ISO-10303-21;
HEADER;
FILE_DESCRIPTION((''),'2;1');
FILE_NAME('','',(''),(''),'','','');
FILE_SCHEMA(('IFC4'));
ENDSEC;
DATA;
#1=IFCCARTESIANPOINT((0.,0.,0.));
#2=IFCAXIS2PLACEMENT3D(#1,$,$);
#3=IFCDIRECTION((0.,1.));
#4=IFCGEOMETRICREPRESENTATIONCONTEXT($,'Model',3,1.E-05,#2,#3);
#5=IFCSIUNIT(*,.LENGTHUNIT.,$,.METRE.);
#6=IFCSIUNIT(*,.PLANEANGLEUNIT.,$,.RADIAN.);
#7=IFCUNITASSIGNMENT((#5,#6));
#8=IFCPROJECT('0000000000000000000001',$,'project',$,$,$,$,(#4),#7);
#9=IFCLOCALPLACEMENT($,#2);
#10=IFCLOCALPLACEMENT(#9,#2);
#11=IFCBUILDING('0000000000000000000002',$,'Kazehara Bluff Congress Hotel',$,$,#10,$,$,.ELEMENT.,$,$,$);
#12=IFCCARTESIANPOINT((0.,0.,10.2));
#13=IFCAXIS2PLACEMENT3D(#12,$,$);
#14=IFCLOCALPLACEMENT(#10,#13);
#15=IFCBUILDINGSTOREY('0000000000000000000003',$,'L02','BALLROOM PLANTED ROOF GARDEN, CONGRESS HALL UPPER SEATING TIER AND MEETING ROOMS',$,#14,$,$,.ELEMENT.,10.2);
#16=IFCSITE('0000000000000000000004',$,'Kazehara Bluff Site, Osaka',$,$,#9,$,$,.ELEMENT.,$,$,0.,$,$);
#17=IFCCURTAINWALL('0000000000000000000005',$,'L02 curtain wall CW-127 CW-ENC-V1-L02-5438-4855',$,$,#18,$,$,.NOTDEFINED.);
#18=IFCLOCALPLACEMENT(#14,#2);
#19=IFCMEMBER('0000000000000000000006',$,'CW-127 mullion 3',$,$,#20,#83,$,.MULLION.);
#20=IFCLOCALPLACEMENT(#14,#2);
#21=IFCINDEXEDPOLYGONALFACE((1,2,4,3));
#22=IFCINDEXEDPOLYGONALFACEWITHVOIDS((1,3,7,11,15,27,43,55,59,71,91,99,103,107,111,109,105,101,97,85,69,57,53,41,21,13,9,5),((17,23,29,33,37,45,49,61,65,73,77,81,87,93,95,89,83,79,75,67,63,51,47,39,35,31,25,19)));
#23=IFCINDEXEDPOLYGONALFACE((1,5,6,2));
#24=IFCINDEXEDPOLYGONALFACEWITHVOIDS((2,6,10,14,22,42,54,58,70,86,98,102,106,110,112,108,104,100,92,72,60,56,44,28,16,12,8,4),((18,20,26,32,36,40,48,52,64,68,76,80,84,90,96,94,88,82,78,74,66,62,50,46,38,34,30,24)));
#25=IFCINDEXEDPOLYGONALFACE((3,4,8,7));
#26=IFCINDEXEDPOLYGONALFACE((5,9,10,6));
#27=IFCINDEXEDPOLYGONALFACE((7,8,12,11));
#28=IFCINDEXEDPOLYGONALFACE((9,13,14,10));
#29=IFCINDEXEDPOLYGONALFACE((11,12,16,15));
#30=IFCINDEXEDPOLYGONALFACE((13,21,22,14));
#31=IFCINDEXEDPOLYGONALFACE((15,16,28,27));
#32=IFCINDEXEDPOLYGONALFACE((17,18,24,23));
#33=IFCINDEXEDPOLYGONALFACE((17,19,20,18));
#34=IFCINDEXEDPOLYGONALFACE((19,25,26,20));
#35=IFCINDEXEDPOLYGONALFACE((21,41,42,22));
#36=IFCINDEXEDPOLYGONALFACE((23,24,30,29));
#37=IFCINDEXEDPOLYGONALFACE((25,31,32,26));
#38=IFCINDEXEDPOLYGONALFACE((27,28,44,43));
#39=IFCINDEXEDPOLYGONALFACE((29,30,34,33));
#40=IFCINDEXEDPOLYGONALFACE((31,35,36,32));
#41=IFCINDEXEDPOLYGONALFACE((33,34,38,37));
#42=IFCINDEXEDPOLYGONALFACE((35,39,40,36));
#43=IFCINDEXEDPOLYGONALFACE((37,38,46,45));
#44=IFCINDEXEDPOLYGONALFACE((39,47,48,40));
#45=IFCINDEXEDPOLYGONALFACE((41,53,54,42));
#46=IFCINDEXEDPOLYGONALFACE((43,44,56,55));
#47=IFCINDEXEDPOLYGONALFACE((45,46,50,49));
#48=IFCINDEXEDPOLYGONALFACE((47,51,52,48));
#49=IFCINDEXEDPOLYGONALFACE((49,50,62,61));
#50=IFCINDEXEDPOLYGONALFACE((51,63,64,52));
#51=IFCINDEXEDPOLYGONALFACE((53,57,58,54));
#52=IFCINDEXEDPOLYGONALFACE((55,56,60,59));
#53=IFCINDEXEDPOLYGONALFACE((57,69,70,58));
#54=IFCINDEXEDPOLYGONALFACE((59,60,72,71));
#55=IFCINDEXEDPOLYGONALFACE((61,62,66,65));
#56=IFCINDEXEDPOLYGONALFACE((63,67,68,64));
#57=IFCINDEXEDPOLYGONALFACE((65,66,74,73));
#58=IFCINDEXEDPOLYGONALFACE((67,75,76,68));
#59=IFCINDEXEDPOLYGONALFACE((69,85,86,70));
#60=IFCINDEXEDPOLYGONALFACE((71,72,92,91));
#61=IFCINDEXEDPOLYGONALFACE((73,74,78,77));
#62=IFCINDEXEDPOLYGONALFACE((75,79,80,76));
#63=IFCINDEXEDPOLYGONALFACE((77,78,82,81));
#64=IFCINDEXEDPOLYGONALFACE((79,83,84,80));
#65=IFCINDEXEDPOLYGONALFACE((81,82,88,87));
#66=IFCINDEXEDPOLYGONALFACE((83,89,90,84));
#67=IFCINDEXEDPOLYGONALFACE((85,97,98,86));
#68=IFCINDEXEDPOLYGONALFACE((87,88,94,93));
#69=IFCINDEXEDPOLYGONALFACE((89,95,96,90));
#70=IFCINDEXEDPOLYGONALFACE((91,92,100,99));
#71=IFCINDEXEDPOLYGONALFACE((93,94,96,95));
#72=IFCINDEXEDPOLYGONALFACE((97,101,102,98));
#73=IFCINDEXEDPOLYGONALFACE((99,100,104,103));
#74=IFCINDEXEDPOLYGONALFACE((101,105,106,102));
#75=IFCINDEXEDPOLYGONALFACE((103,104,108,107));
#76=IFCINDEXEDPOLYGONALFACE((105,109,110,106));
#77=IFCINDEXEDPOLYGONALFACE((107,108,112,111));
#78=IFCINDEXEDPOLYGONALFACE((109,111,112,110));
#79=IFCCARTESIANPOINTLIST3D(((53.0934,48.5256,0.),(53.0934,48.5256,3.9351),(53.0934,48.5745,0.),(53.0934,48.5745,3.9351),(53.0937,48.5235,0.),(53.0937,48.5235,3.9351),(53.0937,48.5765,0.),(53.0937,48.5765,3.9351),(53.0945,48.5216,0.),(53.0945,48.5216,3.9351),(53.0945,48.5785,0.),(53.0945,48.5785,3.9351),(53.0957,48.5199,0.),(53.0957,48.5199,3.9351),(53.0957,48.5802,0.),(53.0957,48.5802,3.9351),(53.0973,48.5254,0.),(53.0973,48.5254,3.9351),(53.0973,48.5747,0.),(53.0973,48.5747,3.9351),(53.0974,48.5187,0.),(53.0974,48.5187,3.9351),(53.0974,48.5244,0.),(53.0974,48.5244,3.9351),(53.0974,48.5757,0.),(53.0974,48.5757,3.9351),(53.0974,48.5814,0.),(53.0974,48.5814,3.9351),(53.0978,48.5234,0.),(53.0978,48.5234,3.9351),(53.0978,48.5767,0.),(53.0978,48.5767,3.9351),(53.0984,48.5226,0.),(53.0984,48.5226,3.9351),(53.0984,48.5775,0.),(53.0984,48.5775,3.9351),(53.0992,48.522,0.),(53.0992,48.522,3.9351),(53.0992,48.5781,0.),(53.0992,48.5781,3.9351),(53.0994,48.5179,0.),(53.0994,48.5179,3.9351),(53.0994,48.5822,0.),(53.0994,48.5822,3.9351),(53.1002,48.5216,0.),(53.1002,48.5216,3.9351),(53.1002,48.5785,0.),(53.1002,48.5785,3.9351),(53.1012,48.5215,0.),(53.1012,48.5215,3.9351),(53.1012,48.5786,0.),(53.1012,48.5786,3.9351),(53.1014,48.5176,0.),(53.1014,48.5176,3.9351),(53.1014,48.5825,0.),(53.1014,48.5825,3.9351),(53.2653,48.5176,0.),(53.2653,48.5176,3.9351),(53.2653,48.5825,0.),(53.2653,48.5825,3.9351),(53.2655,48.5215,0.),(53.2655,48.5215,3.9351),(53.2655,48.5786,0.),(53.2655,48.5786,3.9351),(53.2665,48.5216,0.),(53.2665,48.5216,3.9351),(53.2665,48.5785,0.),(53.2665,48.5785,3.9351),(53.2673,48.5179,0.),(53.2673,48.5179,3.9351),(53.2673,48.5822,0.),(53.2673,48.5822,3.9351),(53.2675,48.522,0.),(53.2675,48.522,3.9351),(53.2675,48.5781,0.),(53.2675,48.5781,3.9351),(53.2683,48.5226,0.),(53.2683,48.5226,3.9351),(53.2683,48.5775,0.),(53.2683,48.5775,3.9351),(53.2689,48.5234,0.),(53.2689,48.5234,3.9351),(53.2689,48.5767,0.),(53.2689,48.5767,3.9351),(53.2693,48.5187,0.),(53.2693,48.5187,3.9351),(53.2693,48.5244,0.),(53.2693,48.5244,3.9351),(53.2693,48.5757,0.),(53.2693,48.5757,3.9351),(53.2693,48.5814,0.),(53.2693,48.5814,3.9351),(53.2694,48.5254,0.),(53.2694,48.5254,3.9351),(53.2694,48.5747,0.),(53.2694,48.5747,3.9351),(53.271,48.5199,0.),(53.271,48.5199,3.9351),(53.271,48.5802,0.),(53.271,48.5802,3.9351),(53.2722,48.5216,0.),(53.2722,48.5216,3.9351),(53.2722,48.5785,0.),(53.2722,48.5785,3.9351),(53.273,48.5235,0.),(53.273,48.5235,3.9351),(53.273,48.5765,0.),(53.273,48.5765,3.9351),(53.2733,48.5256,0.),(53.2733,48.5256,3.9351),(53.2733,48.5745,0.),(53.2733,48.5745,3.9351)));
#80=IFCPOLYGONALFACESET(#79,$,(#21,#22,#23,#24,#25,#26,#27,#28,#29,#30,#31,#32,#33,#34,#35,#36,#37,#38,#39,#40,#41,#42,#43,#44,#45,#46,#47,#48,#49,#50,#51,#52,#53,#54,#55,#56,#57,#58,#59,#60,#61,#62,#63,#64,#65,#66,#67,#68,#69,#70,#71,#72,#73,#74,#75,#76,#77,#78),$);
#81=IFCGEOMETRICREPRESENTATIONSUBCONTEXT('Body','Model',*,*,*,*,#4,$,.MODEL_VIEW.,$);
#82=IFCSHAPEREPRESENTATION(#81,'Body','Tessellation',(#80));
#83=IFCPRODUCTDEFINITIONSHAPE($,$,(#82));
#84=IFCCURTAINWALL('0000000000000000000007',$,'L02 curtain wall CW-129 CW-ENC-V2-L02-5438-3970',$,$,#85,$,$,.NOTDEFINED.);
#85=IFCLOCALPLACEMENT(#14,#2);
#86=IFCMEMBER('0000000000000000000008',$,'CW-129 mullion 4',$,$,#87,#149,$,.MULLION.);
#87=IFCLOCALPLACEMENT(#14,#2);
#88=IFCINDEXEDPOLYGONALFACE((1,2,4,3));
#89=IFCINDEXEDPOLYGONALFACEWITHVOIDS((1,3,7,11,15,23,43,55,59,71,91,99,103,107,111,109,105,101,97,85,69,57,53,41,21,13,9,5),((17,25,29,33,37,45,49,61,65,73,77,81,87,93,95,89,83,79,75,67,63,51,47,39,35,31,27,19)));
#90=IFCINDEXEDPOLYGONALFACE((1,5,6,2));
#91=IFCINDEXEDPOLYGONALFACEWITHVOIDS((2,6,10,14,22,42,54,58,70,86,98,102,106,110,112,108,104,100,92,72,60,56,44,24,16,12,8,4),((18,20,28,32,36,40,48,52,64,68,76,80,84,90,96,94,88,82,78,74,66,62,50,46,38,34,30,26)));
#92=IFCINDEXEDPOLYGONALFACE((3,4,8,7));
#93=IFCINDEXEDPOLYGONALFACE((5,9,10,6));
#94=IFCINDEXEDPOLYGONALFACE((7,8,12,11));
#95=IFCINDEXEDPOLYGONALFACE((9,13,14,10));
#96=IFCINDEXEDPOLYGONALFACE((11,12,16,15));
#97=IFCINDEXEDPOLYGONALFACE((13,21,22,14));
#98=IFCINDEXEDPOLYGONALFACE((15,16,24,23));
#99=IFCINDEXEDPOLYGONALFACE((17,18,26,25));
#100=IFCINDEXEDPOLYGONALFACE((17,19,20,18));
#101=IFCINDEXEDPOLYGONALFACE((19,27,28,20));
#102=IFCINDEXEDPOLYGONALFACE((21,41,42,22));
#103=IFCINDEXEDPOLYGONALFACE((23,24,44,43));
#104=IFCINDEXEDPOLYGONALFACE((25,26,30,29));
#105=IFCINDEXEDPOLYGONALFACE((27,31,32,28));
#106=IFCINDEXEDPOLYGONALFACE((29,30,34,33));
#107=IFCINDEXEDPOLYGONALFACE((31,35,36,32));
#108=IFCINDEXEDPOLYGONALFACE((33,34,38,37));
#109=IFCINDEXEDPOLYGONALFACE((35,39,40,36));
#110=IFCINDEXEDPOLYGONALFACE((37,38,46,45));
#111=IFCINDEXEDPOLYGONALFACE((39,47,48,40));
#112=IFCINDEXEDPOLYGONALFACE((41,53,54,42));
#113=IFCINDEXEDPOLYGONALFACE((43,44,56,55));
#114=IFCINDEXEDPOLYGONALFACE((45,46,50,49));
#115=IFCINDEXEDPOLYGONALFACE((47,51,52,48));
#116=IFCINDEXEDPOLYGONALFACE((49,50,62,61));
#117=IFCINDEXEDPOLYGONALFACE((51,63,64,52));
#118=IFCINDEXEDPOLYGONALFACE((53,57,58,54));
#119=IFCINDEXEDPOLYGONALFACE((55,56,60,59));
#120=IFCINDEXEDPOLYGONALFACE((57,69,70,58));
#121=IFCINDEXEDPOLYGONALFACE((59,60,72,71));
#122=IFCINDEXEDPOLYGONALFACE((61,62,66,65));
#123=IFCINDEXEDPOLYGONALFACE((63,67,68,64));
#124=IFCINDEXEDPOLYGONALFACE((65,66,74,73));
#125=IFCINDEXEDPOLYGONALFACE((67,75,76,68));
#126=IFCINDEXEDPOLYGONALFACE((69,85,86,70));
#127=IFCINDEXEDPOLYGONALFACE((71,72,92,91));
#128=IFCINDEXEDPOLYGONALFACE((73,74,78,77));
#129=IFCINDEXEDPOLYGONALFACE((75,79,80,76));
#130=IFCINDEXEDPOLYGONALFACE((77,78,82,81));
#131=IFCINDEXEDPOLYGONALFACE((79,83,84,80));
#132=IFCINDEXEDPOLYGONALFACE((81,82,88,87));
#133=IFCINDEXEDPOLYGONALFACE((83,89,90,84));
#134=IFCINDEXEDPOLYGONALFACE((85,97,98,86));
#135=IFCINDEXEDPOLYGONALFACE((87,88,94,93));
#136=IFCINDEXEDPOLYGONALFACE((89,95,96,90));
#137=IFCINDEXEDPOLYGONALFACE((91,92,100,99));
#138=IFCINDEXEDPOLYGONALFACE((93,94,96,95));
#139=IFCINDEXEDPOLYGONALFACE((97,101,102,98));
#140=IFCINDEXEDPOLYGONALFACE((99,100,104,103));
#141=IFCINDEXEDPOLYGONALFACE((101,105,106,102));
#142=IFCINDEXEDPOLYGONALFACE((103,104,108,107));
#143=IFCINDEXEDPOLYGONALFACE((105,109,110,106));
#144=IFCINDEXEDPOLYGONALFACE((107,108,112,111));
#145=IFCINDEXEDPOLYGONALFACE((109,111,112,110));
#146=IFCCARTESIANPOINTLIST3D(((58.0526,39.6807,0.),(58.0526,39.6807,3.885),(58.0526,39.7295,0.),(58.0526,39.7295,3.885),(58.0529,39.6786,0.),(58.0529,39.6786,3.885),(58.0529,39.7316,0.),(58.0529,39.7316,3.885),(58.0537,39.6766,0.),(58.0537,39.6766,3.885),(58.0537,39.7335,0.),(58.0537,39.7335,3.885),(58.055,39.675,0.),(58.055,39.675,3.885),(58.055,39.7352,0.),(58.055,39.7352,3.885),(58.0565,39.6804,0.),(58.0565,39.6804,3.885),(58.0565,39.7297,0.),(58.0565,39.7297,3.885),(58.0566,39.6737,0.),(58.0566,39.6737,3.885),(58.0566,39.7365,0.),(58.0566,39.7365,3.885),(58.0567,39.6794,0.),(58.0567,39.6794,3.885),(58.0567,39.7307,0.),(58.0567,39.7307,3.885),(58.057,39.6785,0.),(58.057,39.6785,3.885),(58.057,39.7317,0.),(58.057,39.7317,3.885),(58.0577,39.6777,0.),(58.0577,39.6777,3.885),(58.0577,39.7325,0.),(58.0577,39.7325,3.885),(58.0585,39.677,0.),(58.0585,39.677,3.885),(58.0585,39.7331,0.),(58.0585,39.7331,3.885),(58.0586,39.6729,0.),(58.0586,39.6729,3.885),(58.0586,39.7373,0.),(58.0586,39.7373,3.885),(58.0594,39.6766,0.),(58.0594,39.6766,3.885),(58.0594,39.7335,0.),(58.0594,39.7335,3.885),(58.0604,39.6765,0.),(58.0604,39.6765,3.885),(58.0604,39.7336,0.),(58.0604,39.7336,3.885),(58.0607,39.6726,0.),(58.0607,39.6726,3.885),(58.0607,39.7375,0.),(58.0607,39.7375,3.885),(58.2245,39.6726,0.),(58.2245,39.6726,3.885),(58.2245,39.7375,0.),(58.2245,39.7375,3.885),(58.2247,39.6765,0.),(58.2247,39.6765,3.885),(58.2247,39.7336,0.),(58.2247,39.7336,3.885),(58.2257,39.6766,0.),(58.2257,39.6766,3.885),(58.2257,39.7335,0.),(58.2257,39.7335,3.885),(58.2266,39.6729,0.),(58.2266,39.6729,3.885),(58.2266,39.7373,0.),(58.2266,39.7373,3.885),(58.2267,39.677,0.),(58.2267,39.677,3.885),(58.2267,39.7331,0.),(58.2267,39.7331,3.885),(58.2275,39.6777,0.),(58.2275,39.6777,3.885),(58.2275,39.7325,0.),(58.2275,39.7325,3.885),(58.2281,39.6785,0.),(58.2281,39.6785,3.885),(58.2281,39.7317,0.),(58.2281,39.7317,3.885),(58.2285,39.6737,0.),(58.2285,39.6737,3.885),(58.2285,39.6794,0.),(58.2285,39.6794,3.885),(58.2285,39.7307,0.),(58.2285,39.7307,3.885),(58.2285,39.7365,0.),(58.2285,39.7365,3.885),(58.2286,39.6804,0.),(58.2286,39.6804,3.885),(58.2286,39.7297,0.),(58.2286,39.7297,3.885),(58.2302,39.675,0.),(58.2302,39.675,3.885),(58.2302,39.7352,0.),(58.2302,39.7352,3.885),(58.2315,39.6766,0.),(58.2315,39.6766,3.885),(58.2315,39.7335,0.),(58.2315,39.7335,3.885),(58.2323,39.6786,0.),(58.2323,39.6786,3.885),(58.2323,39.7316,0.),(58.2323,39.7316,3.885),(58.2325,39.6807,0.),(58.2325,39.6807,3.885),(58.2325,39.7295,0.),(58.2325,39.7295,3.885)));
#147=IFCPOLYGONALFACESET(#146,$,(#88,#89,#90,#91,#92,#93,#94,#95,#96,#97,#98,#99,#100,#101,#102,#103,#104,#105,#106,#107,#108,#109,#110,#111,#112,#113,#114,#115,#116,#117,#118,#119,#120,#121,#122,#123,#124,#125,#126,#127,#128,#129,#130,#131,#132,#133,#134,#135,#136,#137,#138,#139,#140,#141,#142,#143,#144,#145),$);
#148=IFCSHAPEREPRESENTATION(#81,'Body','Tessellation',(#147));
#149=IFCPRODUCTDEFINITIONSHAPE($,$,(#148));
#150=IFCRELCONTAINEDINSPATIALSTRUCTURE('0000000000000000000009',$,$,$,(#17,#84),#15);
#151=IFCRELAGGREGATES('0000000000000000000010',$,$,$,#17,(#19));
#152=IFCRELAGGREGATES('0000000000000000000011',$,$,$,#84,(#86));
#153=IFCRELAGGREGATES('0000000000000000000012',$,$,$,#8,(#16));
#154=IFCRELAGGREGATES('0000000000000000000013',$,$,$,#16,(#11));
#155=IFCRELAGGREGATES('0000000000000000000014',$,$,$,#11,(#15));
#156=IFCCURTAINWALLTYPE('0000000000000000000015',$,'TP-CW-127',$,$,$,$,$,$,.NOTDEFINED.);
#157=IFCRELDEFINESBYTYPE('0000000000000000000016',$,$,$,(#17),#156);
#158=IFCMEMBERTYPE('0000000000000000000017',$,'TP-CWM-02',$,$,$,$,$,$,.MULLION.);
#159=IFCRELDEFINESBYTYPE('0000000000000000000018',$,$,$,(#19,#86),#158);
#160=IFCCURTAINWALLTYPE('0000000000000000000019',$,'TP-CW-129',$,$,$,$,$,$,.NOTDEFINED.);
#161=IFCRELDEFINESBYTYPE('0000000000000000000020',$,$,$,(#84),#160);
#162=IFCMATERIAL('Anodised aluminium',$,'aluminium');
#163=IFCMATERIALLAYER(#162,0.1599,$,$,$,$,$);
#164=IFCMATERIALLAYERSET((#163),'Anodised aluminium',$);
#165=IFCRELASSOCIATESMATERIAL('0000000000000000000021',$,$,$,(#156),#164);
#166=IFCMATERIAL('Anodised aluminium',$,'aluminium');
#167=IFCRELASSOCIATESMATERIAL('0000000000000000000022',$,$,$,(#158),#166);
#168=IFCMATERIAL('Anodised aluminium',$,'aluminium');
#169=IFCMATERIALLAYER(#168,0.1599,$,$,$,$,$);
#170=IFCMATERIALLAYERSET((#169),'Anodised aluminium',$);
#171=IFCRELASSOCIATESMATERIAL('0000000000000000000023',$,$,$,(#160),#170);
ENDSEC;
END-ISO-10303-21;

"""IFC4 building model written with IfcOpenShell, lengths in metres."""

from ifc_helpers import new_model, si_unit, direction, frame, origin, origin_2d, place, context, subcontext, project, spatial, hollow_rectangle, extrude, material, layer, layer_set, material_profile, profile_set, type_object, element, aggregate, save


model = new_model("IFC4")

# Units and contexts
model_context = context("Model", 3, precision=1e-05, world=origin(), true_north=direction((0.0, 1.0)))
body_context = subcontext(model_context, "Body", "Model", "MODEL_VIEW")
ifc_project = project(units=[si_unit("LENGTHUNIT", "METRE"), si_unit("PLANEANGLEUNIT", "RADIAN")], contexts=[model_context])

# Site, building, storey
site_placement = place(None, origin())
site = spatial("IfcSite", under=ifc_project, at=site_placement, Name="Kazehara Bluff Site, Osaka", CompositionType="ELEMENT", RefElevation=0.0)
building_placement = place(site_placement, origin())
building = spatial("IfcBuilding", under=site, at=building_placement, Name="Kazehara Bluff Congress Hotel", CompositionType="ELEMENT")
storey_placement = place(building_placement, frame((0.0, 0.0, 10.2)))
storey = spatial("IfcBuildingStorey", under=building, at=storey_placement, Name="L02", Description="BALLROOM PLANTED ROOF GARDEN, CONGRESS HALL UPPER SEATING TIER AND MEETING ROOMS", CompositionType="ELEMENT", Elevation=10.2)

# Curtain wall, member
ifc_material_1 = material(Name="Anodised aluminium", Category="aluminium")
ifc_layer_1 = layer(ifc_material_1, 0.1599)
ifc_layer_set_1 = layer_set([ifc_layer_1], Name="Anodised aluminium")
curtain_wall_type_1 = type_object("IfcCurtainWallType", Name="TP-CW-127", PredefinedType="NOTDEFINED", material=ifc_layer_set_1)
curtain_wall_1_placement = place(storey_placement, origin())
curtain_wall_1 = element("IfcCurtainWall", 1, at=curtain_wall_1_placement, inside=storey, type_object=curtain_wall_type_1, Name="L02 curtain wall CW-127 CW-ENC-V1-L02-5438-4855", PredefinedType="NOTDEFINED")
ifc_material_2 = material(Name="Anodised aluminium", Category="aluminium")
ifc_material_profile_1 = material_profile(ifc_material_2, hollow_rectangle(XDim=0.0649, YDim=0.1799, WallThickness=0.0039, InnerFilletRadius=0.0039, OuterFilletRadius=0.0081, at=origin_2d()))
ifc_profile_set_1 = profile_set([ifc_material_profile_1], Name="Anodised aluminium")
member_type_1 = type_object("IfcMemberType", Name="TP-CWM-02", PredefinedType="MULLION", material=ifc_profile_set_1)
member_1_placement = place(storey_placement, frame((53.1833, 48.55, 0.0), z_axis=(0.0, 0.0, 1.0), x_axis=(0.0, -1.0, 0.0)))
member_1 = element("IfcMember", 2, at=member_1_placement, type_object=member_type_1, Name="CW-127 mullion 3", PredefinedType="MULLION", context=body_context, shape_type="SweptSolid", body=[
    extrude(hollow_rectangle(XDim=0.0649, YDim=0.1799, WallThickness=0.0039, InnerFilletRadius=0.0039, OuterFilletRadius=0.0081, at=origin_2d()), origin(), (0.0, 0.0, 1.0), 3.9351),
])

# Curtain wall, member
ifc_material_3 = material(Name="Anodised aluminium", Category="aluminium")
ifc_layer_2 = layer(ifc_material_3, 0.1599)
ifc_layer_set_2 = layer_set([ifc_layer_2], Name="Anodised aluminium")
curtain_wall_type_2 = type_object("IfcCurtainWallType", Name="TP-CW-129", PredefinedType="NOTDEFINED", material=ifc_layer_set_2)
curtain_wall_2_placement = place(storey_placement, origin())
curtain_wall_2 = element("IfcCurtainWall", 3, at=curtain_wall_2_placement, inside=storey, type_object=curtain_wall_type_2, Name="L02 curtain wall CW-129 CW-ENC-V2-L02-5438-3970", PredefinedType="NOTDEFINED")
member_2_placement = place(storey_placement, frame((58.1426, 39.7051, 0.0), z_axis=(0.0, 0.0, 1.0), x_axis=(0.0, 1.0, 0.0)))
member_2 = element("IfcMember", 4, at=member_2_placement, type_object=member_type_1, Name="CW-129 mullion 4", PredefinedType="MULLION", context=body_context, shape_type="SweptSolid", body=[
    extrude(hollow_rectangle(XDim=0.0649, YDim=0.1799, WallThickness=0.0039, InnerFilletRadius=0.0039, OuterFilletRadius=0.0081, at=origin_2d()), origin(), (0.0, 0.0, 1.0), 3.885),
])

aggregate(curtain_wall_1, [member_1])
aggregate(curtain_wall_2, [member_2])

save(model, "model.ifc")
